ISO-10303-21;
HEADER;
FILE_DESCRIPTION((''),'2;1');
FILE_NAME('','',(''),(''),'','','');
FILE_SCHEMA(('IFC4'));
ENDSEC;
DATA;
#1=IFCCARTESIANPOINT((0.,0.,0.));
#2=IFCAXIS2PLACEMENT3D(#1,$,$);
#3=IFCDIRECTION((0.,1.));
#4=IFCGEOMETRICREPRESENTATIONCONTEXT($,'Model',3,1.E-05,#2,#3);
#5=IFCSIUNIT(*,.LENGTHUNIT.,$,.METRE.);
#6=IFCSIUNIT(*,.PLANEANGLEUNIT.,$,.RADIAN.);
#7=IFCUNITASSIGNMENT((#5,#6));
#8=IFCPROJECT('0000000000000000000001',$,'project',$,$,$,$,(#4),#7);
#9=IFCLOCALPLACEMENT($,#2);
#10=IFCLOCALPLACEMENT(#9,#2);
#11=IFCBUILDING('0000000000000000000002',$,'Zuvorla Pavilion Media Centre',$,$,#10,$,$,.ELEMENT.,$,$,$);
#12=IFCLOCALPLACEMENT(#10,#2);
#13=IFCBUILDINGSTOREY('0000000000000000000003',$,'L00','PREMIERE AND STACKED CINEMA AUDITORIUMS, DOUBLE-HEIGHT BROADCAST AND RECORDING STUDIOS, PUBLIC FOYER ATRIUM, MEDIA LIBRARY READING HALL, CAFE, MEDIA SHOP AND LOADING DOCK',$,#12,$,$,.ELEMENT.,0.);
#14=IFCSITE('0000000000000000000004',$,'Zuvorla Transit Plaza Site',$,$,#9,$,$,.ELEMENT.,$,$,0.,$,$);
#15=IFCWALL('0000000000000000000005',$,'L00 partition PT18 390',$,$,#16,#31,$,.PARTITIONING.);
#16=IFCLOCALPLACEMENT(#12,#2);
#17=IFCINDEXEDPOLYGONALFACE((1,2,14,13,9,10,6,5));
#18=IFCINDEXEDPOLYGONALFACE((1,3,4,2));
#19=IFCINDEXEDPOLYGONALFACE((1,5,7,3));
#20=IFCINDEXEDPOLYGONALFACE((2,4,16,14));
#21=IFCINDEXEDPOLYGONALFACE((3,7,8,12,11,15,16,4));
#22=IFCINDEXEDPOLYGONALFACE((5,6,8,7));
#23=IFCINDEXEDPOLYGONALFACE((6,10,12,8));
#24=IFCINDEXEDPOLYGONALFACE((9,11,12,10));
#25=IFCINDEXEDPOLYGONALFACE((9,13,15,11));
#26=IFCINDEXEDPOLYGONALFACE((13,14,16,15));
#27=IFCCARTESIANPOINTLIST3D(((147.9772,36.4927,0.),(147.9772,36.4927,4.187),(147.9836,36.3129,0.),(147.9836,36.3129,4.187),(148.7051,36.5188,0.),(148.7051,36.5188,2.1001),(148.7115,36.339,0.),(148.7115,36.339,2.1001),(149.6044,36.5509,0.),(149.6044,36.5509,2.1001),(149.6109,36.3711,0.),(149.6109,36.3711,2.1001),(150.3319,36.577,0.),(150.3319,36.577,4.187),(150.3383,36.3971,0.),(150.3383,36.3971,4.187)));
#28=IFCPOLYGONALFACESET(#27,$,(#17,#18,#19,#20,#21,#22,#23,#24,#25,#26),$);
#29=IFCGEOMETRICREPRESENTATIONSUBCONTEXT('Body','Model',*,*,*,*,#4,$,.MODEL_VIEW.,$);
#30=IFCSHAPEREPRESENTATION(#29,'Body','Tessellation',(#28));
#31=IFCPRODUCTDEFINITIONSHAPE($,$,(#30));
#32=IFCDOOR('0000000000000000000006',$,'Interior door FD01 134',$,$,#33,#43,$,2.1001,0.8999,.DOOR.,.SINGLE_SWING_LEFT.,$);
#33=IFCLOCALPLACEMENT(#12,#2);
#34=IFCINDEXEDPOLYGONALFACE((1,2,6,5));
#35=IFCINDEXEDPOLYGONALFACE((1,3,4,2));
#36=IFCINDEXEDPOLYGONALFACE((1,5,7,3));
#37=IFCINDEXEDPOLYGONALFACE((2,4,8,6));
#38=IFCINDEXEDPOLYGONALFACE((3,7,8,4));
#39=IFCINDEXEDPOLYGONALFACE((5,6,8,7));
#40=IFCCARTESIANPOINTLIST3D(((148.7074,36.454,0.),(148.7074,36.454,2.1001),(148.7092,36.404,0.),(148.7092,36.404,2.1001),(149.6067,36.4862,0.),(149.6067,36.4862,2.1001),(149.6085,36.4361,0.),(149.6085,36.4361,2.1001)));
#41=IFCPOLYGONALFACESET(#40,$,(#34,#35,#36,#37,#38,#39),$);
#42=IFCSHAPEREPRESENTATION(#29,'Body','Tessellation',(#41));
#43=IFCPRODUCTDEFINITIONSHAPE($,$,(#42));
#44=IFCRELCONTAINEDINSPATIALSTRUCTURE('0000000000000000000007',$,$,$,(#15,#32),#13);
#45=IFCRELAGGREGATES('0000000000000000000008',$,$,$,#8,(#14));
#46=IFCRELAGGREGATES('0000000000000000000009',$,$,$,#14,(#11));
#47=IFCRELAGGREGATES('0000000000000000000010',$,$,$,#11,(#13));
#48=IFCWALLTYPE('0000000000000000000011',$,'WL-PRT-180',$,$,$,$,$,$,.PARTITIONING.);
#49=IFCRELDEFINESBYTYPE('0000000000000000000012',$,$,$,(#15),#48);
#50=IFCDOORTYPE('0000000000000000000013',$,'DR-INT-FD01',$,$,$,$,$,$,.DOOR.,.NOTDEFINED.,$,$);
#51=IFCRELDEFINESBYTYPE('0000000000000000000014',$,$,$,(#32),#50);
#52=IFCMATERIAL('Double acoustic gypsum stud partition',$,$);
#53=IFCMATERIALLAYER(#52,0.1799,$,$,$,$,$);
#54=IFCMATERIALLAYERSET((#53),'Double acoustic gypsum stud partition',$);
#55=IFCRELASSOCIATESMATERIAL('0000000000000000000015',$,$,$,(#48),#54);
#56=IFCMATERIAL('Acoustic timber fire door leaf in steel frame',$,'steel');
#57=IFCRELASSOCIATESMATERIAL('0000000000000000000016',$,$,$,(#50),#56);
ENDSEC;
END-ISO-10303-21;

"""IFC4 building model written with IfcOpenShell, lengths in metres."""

from ifc_helpers import new_model, si_unit, direction, frame, frame_2d, origin, place, context, subcontext, project, spatial, rectangle, extrude, material, layer, layer_set, type_object, element, fill, save


model = new_model("IFC4")

# Units and contexts
model_context = context("Model", 3, precision=1e-05, world=origin(), true_north=direction((0.0, 1.0)))
body_context = subcontext(model_context, "Body", "Model", "MODEL_VIEW")
ifc_project = project(units=[si_unit("LENGTHUNIT", "METRE"), si_unit("PLANEANGLEUNIT", "RADIAN")], contexts=[model_context])

# Site, building, storey
site_placement = place(None, origin())
site = spatial("IfcSite", under=ifc_project, at=site_placement, Name="Zuvorla Transit Plaza Site", CompositionType="ELEMENT", RefElevation=0.0)
building_placement = place(site_placement, origin())
building = spatial("IfcBuilding", under=site, at=building_placement, Name="Zuvorla Pavilion Media Centre", CompositionType="ELEMENT")
storey_placement = place(building_placement, origin())
storey = spatial("IfcBuildingStorey", under=building, at=storey_placement, Name="L00", Description="PREMIERE AND STACKED CINEMA AUDITORIUMS, DOUBLE-HEIGHT BROADCAST AND RECORDING STUDIOS, PUBLIC FOYER ATRIUM, MEDIA LIBRARY READING HALL, CAFE, MEDIA SHOP AND LOADING DOCK", CompositionType="ELEMENT", Elevation=0.0)

# Wall, opening, door
ifc_material_1 = material(Name="Double acoustic gypsum stud partition")
ifc_layer_1 = layer(ifc_material_1, 0.1799)
ifc_layer_set_1 = layer_set([ifc_layer_1], Name="Double acoustic gypsum stud partition")
wall_type_1 = type_object("IfcWallType", Name="WL-PRT-180", PredefinedType="PARTITIONING", material=ifc_layer_set_1)
ifc_material_2 = material(Name="Acoustic timber fire door leaf in steel frame", Category="steel")
wall_1_placement = place(storey_placement, frame((150.3352, 36.4871, 0.0), z_axis=(0.0, 0.0, 1.0), x_axis=(-0.999361, -0.035747, 0.0)))
wall_1 = element("IfcWall", 1, at=wall_1_placement, inside=storey, type_object=wall_type_1, Name="L00 partition PT18 390", PredefinedType="PARTITIONING", context=body_context, shape_type="SweptSolid", body=[
    extrude(rectangle(XDim=2.3562, YDim=0.1799, at=frame_2d((1.1782, 0.0))), origin(), (0.0, 0.0, 1.0), 4.187),
])
opening_1_placement = place(wall_1_placement, frame((0.728, 0.0, 0.0)))
opening_1 = element("IfcOpeningElement", 2, at=opening_1_placement, cuts=wall_1, PredefinedType="OPENING", context=body_context, shape_type="SweptSolid", body=[
    extrude(rectangle(XDim=0.8999, YDim=2.1001, at=frame_2d((0.45, 1.05))), frame((0.0, 0.0999, 0.0), z_axis=(0.0, -1.0, 0.0), x_axis=(1.0, 0.0, 0.0)), (0.0, 0.0, 1.0), 0.2),
])
door_type_1 = type_object("IfcDoorType", Name="DR-INT-FD01", OperationType="NOTDEFINED", PredefinedType="DOOR", material=ifc_material_2)
door_1_placement = place(opening_1_placement, origin())
door_1 = element("IfcDoor", 3, at=door_1_placement, inside=storey, type_object=door_type_1, Name="Interior door FD01 134", OperationType="SINGLE_SWING_LEFT", OverallHeight=2.1001, OverallWidth=0.8999, PredefinedType="DOOR", context=body_context, shape_type="SweptSolid", body=[
    extrude(rectangle(XDim=0.8999, YDim=2.1001, at=frame_2d((0.45, 1.05))), frame((0.0, 0.0249, 0.0), z_axis=(0.0, -1.0, 0.0), x_axis=(1.0, 0.0, 0.0)), (0.0, 0.0, 1.0), 0.05),
])
fill(opening_1, door_1)

save(model, "model.ifc")
